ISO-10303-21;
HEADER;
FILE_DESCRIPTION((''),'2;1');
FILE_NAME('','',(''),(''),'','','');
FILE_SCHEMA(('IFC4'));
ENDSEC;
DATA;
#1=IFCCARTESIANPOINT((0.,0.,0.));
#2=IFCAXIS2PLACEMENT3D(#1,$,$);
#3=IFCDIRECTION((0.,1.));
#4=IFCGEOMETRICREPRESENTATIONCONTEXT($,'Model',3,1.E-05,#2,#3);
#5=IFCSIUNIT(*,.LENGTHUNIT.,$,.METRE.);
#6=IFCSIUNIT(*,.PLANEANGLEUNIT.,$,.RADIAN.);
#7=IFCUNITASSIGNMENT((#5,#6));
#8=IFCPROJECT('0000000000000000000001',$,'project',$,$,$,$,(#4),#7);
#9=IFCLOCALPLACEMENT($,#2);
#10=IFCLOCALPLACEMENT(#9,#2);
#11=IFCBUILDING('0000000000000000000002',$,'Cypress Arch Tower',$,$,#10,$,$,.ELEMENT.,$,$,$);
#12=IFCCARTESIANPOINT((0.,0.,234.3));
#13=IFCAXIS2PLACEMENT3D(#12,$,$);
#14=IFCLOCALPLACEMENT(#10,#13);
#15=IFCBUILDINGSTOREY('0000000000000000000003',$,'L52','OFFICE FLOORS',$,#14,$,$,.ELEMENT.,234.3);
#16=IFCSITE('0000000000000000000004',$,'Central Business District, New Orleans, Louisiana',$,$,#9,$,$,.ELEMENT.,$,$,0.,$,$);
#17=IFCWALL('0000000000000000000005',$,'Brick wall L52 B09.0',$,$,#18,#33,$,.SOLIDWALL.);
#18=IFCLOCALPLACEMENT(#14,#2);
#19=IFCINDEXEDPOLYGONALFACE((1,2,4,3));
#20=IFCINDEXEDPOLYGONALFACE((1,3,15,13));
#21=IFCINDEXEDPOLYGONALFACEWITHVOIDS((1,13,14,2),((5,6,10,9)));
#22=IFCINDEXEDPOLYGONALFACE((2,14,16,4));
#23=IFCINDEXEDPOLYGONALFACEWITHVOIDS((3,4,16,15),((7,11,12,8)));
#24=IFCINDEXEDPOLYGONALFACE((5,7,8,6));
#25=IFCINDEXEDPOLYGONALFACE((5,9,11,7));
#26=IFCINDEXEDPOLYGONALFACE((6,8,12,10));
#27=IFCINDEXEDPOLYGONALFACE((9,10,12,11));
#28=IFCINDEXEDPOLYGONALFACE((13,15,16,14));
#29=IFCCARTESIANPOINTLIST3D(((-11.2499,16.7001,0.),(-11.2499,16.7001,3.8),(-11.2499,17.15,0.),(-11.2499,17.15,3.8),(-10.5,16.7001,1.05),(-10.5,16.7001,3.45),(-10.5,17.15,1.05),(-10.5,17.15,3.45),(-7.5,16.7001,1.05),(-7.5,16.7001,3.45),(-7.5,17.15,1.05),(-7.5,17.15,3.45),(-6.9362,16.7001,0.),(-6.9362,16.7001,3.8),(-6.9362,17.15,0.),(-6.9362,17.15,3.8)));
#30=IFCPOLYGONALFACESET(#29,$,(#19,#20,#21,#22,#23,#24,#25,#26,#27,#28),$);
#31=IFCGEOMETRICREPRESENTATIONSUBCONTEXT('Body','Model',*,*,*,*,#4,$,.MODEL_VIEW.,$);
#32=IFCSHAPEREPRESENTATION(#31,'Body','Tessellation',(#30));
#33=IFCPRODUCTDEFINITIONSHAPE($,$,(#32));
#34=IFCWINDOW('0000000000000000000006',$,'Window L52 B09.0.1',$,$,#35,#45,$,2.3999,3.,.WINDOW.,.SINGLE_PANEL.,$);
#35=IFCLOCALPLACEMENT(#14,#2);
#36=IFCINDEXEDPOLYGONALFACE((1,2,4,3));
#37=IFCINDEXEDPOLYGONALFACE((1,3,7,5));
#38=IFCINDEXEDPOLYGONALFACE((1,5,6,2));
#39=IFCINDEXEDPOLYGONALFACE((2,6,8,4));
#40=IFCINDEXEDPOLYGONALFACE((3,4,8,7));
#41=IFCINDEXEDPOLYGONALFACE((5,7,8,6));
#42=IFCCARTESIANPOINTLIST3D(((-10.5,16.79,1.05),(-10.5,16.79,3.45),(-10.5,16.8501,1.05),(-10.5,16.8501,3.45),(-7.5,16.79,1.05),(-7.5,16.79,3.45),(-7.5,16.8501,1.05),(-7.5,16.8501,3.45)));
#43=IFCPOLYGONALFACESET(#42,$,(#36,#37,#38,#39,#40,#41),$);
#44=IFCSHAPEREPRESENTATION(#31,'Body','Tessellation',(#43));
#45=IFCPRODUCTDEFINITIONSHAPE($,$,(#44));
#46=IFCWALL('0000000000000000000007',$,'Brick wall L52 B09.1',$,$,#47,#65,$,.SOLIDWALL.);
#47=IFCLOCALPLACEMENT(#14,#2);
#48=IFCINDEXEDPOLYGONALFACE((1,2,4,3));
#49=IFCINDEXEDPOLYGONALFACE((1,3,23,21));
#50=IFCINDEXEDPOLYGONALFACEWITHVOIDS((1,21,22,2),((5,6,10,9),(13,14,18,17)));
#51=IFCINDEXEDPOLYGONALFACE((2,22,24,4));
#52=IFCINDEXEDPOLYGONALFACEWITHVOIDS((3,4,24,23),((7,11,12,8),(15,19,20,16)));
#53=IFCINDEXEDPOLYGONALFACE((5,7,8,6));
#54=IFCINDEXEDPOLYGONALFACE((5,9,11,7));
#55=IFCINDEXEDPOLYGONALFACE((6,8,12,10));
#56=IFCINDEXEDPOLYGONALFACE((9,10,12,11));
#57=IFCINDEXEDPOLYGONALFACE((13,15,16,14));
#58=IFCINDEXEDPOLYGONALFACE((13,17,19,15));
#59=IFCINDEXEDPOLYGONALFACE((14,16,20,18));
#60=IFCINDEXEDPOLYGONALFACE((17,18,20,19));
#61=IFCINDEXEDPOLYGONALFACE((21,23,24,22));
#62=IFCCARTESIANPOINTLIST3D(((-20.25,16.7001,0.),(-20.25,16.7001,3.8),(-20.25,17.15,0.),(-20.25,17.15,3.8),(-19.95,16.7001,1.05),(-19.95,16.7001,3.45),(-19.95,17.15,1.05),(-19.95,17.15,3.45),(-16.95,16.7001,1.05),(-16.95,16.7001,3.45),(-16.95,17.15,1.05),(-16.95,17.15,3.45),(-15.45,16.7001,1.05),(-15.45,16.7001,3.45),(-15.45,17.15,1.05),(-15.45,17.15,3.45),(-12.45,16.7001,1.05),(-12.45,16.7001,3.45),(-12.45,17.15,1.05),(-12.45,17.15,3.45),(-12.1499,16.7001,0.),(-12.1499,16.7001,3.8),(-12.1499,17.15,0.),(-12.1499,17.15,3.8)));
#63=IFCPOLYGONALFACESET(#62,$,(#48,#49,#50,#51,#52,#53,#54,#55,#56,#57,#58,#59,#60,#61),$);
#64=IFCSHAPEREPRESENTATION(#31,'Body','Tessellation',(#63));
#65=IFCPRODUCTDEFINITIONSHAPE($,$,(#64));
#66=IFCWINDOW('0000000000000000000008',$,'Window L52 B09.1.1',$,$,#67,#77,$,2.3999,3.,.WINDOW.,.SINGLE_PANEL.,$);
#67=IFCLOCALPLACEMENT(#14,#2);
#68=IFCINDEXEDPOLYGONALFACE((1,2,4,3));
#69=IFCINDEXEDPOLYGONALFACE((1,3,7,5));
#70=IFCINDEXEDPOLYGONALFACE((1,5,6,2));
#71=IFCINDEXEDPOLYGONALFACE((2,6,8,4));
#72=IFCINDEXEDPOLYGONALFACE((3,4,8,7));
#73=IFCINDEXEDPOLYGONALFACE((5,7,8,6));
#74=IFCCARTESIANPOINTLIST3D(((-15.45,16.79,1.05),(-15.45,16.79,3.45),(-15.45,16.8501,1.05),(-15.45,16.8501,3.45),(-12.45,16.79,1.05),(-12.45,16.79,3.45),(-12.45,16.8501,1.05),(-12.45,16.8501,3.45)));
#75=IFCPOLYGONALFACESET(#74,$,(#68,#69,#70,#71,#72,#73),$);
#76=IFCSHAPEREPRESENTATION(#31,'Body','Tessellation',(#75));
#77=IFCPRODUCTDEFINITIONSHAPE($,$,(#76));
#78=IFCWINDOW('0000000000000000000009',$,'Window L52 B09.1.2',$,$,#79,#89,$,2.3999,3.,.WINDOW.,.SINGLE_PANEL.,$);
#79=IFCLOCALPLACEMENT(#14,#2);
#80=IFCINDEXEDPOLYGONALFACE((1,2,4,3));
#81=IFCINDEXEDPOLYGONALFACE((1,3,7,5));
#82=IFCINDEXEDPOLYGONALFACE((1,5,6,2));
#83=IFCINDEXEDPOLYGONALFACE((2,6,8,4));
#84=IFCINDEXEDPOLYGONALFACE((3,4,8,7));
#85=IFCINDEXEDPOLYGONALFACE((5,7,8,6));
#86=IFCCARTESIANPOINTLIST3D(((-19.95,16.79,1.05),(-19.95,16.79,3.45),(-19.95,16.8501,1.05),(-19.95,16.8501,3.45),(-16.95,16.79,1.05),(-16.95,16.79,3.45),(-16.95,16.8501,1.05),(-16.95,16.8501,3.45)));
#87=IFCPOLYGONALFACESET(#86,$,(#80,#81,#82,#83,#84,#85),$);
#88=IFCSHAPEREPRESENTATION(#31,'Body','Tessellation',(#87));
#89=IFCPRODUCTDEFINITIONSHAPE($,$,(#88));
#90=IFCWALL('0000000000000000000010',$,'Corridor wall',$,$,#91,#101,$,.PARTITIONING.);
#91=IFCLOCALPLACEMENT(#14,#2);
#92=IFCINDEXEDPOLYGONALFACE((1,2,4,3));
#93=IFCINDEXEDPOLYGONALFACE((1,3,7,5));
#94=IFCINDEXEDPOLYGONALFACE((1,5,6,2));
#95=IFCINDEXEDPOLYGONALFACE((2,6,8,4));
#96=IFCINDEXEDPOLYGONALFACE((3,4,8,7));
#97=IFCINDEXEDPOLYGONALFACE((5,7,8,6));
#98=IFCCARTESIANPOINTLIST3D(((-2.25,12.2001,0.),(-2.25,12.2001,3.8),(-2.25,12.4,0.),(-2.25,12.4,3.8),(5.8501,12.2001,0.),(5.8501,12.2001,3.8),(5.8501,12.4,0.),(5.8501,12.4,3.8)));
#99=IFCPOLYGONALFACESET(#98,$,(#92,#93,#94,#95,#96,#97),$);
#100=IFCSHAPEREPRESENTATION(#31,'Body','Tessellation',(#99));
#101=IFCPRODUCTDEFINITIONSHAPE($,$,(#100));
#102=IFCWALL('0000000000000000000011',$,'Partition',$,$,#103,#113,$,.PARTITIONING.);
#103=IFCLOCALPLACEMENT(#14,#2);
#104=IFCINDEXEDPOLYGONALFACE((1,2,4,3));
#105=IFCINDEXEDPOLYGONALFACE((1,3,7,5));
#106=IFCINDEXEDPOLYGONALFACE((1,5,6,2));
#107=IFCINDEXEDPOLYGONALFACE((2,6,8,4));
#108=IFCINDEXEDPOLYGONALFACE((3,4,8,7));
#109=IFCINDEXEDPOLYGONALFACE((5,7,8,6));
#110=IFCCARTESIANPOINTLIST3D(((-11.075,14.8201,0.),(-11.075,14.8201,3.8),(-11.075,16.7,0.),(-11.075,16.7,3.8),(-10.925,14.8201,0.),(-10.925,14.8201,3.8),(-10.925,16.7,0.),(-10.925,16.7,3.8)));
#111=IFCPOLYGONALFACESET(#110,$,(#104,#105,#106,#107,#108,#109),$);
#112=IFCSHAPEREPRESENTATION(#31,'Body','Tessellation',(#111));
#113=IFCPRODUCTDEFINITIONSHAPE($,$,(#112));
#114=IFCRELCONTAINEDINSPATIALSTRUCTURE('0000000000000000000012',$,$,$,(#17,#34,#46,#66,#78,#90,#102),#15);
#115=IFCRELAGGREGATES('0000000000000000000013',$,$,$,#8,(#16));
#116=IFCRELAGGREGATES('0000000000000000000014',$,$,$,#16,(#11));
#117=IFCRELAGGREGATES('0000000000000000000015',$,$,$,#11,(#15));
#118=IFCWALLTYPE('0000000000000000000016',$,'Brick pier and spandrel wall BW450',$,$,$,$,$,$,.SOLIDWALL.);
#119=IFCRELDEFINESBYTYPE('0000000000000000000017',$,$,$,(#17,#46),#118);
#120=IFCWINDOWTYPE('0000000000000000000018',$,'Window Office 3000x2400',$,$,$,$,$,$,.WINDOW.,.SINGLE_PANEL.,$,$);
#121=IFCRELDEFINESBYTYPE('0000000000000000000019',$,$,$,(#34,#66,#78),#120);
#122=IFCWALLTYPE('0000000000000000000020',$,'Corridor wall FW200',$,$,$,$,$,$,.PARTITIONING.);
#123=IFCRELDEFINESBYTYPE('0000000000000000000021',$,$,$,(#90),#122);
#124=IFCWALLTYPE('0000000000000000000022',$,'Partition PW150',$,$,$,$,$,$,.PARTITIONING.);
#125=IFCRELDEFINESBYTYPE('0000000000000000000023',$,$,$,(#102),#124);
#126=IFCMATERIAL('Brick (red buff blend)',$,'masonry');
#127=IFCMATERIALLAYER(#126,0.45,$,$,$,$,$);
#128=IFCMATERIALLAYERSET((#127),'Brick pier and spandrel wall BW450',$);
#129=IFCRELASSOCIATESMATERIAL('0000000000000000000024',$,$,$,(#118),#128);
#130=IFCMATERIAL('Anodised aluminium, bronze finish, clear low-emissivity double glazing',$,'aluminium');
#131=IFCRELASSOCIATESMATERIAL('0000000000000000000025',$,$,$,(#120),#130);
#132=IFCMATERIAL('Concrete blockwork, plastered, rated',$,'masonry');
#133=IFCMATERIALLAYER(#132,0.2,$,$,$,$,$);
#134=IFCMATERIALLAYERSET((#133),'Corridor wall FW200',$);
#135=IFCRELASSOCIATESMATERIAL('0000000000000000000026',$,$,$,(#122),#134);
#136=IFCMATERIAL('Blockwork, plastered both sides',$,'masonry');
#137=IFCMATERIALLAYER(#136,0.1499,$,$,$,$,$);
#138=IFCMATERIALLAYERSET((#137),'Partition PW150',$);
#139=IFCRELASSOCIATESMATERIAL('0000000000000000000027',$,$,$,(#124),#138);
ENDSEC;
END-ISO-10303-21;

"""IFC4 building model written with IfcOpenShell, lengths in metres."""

from ifc_helpers import new_model, si_unit, direction, frame, frame_2d, origin, place, context, subcontext, project, spatial, rectangle, extrude, material, layer, layer_set, type_object, element, fill, save


model = new_model("IFC4")

# Units and contexts
model_context = context("Model", 3, precision=1e-05, world=origin(), true_north=direction((0.0, 1.0)))
body_context = subcontext(model_context, "Body", "Model", "MODEL_VIEW")
ifc_project = project(units=[si_unit("LENGTHUNIT", "METRE"), si_unit("PLANEANGLEUNIT", "RADIAN")], contexts=[model_context])

# Site, building, storey
site_placement = place(None, origin())
site = spatial("IfcSite", under=ifc_project, at=site_placement, Name="Central Business District, New Orleans, Louisiana", CompositionType="ELEMENT", RefElevation=0.0)
building_placement = place(site_placement, origin())
building = spatial("IfcBuilding", under=site, at=building_placement, Name="Cypress Arch Tower", CompositionType="ELEMENT")
storey_placement = place(building_placement, frame((0.0, 0.0, 234.3)))
storey = spatial("IfcBuildingStorey", under=building, at=storey_placement, Name="L52", Description="OFFICE FLOORS", CompositionType="ELEMENT", Elevation=234.3)

# Wall, opening, window
ifc_material_1 = material(Name="Brick (red buff blend)", Category="masonry")
ifc_layer_1 = layer(ifc_material_1, 0.45)
ifc_layer_set_1 = layer_set([ifc_layer_1], Name="Brick pier and spandrel wall BW450")
wall_type_1 = type_object("IfcWallType", Name="Brick pier and spandrel wall BW450", PredefinedType="SOLIDWALL", material=ifc_layer_set_1)
wall_1_placement = place(storey_placement, frame((-6.9363, 16.925, 0.0), z_axis=(0.0, 0.0, 1.0), x_axis=(-1.0, 0.0, 0.0)))
wall_1 = element("IfcWall", 1, at=wall_1_placement, inside=storey, type_object=wall_type_1, Name="Brick wall L52 B09.0", PredefinedType="SOLIDWALL", context=body_context, shape_type="SweptSolid", body=[
    extrude(rectangle(XDim=4.3137, YDim=0.45, at=frame_2d((2.1567, 0.0))), origin(), (0.0, 0.0, 1.0), 3.8),
])
opening_1_placement = place(wall_1_placement, frame((0.5637, 0.0, 1.05)))
opening_1 = element("IfcOpeningElement", 2, at=opening_1_placement, cuts=wall_1, PredefinedType="OPENING", context=body_context, shape_type="SweptSolid", body=[
    extrude(rectangle(XDim=3.0, YDim=2.3999, at=frame_2d((1.5, 1.2))), frame((0.0, 0.2349, 0.0), z_axis=(0.0, -1.0, 0.0), x_axis=(1.0, 0.0, 0.0)), (0.0, 0.0, 1.0), 0.47),
])
ifc_material_2 = material(Name="Anodised aluminium, bronze finish, clear low-emissivity double glazing", Category="aluminium")
window_type = type_object("IfcWindowType", Name="Window Office 3000x2400", PartitioningType="SINGLE_PANEL", PredefinedType="WINDOW", material=ifc_material_2)
window_1_placement = place(opening_1_placement, origin())
window_1 = element("IfcWindow", 3, at=window_1_placement, inside=storey, type_object=window_type, Name="Window L52 B09.0.1", OverallHeight=2.3999, OverallWidth=3.0, PartitioningType="SINGLE_PANEL", PredefinedType="WINDOW", context=body_context, shape_type="SweptSolid", body=[
    extrude(rectangle(XDim=3.0, YDim=2.3999, at=frame_2d((1.5, 1.2))), frame((0.0, 0.135, 0.0), z_axis=(0.0, -1.0, 0.0), x_axis=(1.0, 0.0, 0.0)), (0.0, 0.0, 1.0), 0.0601),
])
fill(opening_1, window_1)

# Wall, openings, windows
wall_2_placement = place(storey_placement, frame((-12.1499, 16.925, 0.0), z_axis=(0.0, 0.0, 1.0), x_axis=(-1.0, 0.0, 0.0)))
wall_2 = element("IfcWall", 4, at=wall_2_placement, inside=storey, type_object=wall_type_1, Name="Brick wall L52 B09.1", PredefinedType="SOLIDWALL", context=body_context, shape_type="SweptSolid", body=[
    extrude(rectangle(XDim=8.1001, YDim=0.45, at=frame_2d((4.05, 0.0))), origin(), (0.0, 0.0, 1.0), 3.8),
])
opening_2_placement = place(wall_2_placement, frame((0.3, 0.0, 1.05)))
opening_2 = element("IfcOpeningElement", 5, at=opening_2_placement, cuts=wall_2, PredefinedType="OPENING", context=body_context, shape_type="SweptSolid", body=[
    extrude(rectangle(XDim=3.0, YDim=2.3999, at=frame_2d((1.5, 1.2))), frame((0.0, 0.2349, 0.0), z_axis=(0.0, -1.0, 0.0), x_axis=(1.0, 0.0, 0.0)), (0.0, 0.0, 1.0), 0.47),
])
opening_3_placement = place(wall_2_placement, frame((4.8, 0.0, 1.05)))
opening_3 = element("IfcOpeningElement", 6, at=opening_3_placement, cuts=wall_2, PredefinedType="OPENING", context=body_context, shape_type="SweptSolid", body=[
    extrude(rectangle(XDim=3.0, YDim=2.3999, at=frame_2d((1.5, 1.2))), frame((0.0, 0.2349, 0.0), z_axis=(0.0, -1.0, 0.0), x_axis=(1.0, 0.0, 0.0)), (0.0, 0.0, 1.0), 0.47),
])
window_2_placement = place(opening_2_placement, origin())
window_2 = element("IfcWindow", 7, at=window_2_placement, inside=storey, type_object=window_type, Name="Window L52 B09.1.1", OverallHeight=2.3999, OverallWidth=3.0, PartitioningType="SINGLE_PANEL", PredefinedType="WINDOW", context=body_context, shape_type="SweptSolid", body=[
    extrude(rectangle(XDim=3.0, YDim=2.3999, at=frame_2d((1.5, 1.2))), frame((0.0, 0.135, 0.0), z_axis=(0.0, -1.0, 0.0), x_axis=(1.0, 0.0, 0.0)), (0.0, 0.0, 1.0), 0.0601),
])
fill(opening_2, window_2)
window_3_placement = place(opening_3_placement, origin())
window_3 = element("IfcWindow", 8, at=window_3_placement, inside=storey, type_object=window_type, Name="Window L52 B09.1.2", OverallHeight=2.3999, OverallWidth=3.0, PartitioningType="SINGLE_PANEL", PredefinedType="WINDOW", context=body_context, shape_type="SweptSolid", body=[
    extrude(rectangle(XDim=3.0, YDim=2.3999, at=frame_2d((1.5, 1.2))), frame((0.0, 0.135, 0.0), z_axis=(0.0, -1.0, 0.0), x_axis=(1.0, 0.0, 0.0)), (0.0, 0.0, 1.0), 0.0601),
])
fill(opening_3, window_3)

# Walls
ifc_material_3 = material(Name="Concrete blockwork, plastered, rated", Category="masonry")
ifc_layer_2 = layer(ifc_material_3, 0.2)
ifc_layer_set_2 = layer_set([ifc_layer_2], Name="Corridor wall FW200")
wall_type_2 = type_object("IfcWallType", Name="Corridor wall FW200", PredefinedType="PARTITIONING", material=ifc_layer_set_2)
wall_3_placement = place(storey_placement, frame((-2.25, 12.3, 0.0), z_axis=(0.0, 0.0, 1.0), x_axis=(1.0, 0.0, 0.0)))
element("IfcWall", 9, at=wall_3_placement, inside=storey, type_object=wall_type_2, Name="Corridor wall", PredefinedType="PARTITIONING", context=body_context, shape_type="SweptSolid", body=[
    extrude(rectangle(XDim=8.1001, YDim=0.2, at=frame_2d((4.05, 0.0))), origin(), (0.0, 0.0, 1.0), 3.8),
])
ifc_material_4 = material(Name="Blockwork, plastered both sides", Category="masonry")
ifc_layer_3 = layer(ifc_material_4, 0.1499)
ifc_layer_set_3 = layer_set([ifc_layer_3], Name="Partition PW150")
wall_type_3 = type_object("IfcWallType", Name="Partition PW150", PredefinedType="PARTITIONING", material=ifc_layer_set_3)
wall_4_placement = place(storey_placement, frame((-11.0, 14.8201, 0.0), z_axis=(0.0, 0.0, 1.0), x_axis=(0.0, 1.0, 0.0)))
element("IfcWall", 10, at=wall_4_placement, inside=storey, type_object=wall_type_3, Name="Partition", PredefinedType="PARTITIONING", context=body_context, shape_type="SweptSolid", body=[
    extrude(rectangle(XDim=1.8799, YDim=0.1499, at=frame_2d((0.9399, 0.0))), origin(), (0.0, 0.0, 1.0), 3.8),
])

save(model, "model.ifc")
